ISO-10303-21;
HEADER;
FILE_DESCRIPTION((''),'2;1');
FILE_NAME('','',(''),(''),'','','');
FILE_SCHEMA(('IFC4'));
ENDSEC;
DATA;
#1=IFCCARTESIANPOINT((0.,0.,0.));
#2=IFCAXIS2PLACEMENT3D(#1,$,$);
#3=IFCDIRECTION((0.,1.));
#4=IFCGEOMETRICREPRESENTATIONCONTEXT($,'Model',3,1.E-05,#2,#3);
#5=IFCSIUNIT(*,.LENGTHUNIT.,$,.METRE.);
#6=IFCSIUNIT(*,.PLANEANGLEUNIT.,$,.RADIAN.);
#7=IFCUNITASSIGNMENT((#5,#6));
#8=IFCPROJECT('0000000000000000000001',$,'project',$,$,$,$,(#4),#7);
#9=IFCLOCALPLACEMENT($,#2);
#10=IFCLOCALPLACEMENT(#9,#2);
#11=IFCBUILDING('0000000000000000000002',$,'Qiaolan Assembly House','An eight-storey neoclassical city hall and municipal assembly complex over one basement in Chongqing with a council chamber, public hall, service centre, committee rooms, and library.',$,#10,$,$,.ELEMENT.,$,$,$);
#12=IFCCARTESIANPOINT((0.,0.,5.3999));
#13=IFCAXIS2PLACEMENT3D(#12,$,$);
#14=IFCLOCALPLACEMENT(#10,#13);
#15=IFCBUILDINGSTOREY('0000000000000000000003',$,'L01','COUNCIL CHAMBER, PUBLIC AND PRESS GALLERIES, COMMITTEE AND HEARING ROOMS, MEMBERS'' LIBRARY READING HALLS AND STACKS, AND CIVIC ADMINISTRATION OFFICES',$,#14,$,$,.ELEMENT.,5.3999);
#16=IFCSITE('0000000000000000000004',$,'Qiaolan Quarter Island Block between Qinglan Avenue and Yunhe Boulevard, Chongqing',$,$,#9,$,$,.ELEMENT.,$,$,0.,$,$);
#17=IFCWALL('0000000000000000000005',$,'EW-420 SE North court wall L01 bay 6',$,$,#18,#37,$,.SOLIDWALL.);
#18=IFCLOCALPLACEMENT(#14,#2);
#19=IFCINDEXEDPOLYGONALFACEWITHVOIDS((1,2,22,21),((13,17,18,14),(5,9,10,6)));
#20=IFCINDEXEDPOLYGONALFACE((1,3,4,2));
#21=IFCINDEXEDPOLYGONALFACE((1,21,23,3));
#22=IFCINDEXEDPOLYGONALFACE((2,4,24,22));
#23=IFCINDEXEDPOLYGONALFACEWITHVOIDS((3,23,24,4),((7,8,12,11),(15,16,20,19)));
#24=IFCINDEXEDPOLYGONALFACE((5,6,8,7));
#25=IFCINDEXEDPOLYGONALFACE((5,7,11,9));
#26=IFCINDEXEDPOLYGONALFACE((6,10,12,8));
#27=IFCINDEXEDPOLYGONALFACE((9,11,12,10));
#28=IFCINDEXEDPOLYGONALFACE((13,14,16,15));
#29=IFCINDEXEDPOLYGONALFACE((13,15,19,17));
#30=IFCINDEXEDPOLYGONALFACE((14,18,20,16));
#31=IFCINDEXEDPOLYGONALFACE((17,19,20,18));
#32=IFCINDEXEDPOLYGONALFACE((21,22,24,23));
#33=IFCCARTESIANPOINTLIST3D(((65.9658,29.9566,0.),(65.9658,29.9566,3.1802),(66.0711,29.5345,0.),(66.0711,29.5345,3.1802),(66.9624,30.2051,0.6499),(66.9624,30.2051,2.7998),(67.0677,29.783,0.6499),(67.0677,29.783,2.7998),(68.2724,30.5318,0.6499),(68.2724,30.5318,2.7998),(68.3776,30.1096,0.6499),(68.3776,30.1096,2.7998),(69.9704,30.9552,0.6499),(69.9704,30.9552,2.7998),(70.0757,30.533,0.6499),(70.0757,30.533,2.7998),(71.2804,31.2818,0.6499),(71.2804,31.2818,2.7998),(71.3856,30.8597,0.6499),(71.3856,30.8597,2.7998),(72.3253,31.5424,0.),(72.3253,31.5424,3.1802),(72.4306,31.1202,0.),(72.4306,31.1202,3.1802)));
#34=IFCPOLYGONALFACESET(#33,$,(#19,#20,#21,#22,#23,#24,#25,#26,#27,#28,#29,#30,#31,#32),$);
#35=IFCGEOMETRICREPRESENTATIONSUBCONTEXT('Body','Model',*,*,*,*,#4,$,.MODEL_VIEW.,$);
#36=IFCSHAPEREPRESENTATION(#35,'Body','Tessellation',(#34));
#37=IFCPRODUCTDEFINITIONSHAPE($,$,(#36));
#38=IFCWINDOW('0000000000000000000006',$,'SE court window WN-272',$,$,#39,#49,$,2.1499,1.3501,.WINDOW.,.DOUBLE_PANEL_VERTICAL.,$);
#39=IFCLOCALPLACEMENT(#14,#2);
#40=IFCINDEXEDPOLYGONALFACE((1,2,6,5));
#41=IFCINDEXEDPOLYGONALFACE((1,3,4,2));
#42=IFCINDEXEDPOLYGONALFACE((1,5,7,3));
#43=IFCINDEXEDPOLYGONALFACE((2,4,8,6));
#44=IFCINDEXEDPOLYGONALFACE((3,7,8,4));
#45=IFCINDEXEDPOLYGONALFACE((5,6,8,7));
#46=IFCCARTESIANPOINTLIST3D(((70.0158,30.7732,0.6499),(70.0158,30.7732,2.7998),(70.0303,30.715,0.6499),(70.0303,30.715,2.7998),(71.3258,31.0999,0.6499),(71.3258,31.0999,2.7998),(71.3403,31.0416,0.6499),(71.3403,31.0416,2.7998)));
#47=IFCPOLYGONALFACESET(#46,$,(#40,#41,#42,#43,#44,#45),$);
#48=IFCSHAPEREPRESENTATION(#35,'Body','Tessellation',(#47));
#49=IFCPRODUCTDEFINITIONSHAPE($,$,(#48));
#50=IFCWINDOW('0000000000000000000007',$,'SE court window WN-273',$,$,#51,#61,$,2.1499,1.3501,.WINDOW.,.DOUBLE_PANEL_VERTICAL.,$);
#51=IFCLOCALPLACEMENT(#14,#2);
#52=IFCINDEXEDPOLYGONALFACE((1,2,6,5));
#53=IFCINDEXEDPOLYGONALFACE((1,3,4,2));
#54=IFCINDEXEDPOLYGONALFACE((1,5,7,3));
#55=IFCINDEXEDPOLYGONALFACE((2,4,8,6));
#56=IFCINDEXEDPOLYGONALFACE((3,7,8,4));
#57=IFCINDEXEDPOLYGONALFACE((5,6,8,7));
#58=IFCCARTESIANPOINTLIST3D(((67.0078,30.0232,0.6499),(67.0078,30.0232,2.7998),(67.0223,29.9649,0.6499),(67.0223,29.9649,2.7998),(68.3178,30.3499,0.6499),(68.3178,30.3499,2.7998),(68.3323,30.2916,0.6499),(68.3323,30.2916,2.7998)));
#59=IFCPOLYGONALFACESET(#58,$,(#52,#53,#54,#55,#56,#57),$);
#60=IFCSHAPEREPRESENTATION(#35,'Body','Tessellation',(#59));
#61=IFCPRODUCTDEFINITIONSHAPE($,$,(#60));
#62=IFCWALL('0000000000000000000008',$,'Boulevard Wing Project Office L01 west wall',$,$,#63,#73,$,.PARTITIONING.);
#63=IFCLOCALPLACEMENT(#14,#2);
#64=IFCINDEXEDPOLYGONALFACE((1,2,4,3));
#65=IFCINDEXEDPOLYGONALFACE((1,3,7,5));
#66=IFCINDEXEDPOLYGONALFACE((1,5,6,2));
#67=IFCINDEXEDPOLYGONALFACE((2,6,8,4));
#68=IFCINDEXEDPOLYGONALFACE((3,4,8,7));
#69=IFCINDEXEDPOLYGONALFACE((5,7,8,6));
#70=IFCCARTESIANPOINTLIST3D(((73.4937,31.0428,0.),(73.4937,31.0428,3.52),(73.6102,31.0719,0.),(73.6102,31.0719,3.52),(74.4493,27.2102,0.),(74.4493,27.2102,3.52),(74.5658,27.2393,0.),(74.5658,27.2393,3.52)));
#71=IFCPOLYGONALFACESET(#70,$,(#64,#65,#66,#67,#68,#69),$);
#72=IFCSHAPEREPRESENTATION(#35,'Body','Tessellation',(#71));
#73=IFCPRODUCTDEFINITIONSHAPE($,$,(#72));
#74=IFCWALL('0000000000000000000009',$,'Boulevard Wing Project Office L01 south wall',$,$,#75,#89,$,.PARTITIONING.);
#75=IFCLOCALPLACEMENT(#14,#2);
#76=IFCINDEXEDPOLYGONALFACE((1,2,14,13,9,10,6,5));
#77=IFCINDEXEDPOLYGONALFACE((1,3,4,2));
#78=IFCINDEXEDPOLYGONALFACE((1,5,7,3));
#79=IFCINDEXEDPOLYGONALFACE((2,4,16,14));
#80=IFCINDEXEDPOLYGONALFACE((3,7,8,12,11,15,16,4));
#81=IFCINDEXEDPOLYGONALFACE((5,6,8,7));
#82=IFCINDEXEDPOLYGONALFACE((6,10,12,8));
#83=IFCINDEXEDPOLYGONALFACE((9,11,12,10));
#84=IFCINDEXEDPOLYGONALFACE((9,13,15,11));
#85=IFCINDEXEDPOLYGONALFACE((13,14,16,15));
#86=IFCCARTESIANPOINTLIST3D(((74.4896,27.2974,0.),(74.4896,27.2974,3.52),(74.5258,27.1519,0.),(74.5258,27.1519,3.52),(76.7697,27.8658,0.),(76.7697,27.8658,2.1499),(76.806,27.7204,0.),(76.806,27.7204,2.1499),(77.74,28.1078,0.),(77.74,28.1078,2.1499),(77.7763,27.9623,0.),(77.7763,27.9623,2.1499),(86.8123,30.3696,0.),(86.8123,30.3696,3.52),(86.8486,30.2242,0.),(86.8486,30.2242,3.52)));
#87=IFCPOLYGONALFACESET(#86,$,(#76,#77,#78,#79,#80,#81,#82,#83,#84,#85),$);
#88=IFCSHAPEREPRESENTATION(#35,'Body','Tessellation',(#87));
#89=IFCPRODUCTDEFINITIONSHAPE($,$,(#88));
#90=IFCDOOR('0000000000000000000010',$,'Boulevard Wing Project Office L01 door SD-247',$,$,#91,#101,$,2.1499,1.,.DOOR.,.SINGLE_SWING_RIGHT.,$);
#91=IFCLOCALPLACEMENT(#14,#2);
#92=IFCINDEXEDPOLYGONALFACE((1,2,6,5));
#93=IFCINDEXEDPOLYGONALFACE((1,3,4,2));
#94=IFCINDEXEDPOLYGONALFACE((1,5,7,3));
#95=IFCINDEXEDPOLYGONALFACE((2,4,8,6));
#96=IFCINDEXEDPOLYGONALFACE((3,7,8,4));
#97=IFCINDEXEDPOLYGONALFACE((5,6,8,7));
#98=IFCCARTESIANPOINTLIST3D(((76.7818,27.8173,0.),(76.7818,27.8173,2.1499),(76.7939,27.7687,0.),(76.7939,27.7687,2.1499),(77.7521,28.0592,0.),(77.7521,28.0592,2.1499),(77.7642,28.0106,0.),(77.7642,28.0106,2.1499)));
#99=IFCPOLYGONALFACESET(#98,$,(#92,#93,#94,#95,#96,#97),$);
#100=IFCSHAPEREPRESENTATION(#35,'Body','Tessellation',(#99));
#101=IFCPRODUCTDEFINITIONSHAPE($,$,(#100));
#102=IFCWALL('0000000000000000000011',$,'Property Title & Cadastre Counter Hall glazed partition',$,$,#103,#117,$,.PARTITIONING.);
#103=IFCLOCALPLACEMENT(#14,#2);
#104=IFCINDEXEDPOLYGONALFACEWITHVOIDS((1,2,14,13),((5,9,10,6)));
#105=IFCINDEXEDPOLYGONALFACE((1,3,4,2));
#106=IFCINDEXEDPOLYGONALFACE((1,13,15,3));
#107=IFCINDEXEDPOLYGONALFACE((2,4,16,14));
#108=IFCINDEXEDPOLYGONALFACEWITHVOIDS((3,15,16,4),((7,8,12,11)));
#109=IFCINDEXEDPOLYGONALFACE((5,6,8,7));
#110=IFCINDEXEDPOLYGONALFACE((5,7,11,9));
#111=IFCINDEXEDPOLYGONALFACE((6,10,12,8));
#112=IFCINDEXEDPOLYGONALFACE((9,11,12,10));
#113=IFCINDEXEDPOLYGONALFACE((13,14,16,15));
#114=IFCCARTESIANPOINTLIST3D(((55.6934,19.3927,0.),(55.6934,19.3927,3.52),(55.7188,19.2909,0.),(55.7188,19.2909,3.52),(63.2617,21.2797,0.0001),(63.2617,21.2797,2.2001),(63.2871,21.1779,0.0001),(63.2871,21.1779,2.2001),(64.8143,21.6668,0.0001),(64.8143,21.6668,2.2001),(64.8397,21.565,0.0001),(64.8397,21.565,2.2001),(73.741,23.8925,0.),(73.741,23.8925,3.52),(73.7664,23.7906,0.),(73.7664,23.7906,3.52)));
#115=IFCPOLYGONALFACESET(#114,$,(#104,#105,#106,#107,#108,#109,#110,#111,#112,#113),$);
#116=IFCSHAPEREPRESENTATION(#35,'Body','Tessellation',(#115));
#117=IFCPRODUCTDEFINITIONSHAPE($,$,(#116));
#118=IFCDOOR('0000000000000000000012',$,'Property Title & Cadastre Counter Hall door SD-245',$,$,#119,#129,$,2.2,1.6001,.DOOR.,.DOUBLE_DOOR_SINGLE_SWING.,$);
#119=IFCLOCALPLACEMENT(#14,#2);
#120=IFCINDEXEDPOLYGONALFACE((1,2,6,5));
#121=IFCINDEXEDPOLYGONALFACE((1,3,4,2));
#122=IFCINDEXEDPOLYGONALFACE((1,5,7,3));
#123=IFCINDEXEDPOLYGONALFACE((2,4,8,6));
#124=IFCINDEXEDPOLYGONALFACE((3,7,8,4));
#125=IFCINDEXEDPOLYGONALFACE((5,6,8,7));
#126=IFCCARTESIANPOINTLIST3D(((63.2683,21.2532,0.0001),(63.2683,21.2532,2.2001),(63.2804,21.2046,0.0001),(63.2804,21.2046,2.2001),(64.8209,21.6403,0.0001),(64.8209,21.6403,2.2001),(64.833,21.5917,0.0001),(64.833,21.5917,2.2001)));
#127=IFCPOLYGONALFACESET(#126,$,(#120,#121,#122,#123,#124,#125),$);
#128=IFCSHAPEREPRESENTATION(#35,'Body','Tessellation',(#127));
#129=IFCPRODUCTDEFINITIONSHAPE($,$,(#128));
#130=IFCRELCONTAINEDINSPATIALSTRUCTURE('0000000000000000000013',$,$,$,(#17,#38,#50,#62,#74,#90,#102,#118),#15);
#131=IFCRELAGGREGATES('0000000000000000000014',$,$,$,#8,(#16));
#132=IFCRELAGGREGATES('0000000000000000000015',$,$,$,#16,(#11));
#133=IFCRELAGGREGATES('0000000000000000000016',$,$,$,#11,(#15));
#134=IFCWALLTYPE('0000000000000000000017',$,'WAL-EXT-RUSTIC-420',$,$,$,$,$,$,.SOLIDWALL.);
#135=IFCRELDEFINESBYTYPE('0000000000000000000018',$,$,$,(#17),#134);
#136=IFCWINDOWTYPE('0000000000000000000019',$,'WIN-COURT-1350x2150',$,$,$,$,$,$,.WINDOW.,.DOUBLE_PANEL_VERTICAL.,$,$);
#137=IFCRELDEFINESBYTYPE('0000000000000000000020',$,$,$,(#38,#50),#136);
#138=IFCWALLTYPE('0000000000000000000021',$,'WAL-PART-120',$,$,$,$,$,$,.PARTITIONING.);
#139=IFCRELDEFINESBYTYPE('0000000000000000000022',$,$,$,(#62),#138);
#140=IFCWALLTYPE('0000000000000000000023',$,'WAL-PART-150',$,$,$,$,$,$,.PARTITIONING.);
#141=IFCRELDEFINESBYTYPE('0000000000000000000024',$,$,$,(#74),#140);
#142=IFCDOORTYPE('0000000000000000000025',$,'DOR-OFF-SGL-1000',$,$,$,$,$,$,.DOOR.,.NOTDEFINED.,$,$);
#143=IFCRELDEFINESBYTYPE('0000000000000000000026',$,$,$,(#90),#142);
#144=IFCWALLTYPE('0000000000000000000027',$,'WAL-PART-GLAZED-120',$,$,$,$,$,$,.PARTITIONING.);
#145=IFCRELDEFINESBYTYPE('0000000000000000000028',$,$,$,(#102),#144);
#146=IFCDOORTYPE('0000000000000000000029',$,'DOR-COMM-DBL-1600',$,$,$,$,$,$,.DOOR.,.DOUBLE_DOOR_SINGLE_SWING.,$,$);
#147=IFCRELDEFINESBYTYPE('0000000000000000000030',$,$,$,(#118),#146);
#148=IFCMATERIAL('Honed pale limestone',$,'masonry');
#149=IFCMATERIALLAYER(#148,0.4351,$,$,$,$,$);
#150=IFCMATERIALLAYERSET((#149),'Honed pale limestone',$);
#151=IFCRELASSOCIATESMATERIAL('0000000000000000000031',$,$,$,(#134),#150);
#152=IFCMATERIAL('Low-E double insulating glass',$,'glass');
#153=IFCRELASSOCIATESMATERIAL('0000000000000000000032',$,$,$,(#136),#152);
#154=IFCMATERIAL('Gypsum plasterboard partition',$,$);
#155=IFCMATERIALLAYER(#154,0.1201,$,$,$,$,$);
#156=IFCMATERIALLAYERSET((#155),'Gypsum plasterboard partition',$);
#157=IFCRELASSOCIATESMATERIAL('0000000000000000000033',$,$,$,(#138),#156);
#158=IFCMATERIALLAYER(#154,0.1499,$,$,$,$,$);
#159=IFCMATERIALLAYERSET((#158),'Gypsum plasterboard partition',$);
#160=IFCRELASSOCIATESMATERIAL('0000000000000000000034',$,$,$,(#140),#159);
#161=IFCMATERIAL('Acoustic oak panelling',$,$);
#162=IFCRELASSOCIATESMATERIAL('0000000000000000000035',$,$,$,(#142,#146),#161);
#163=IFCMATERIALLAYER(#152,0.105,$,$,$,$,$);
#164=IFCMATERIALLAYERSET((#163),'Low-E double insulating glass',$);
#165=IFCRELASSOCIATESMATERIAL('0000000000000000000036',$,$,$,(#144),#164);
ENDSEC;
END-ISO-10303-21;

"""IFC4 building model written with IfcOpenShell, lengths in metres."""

from ifc_helpers import new_model, si_unit, direction, frame, frame_2d, origin, place, context, subcontext, project, spatial, rectangle, extrude, material, layer, layer_set, type_object, element, fill, save


model = new_model("IFC4")

# Units and contexts
model_context = context("Model", 3, precision=1e-05, world=origin(), true_north=direction((0.0, 1.0)))
body_context = subcontext(model_context, "Body", "Model", "MODEL_VIEW")
ifc_project = project(units=[si_unit("LENGTHUNIT", "METRE"), si_unit("PLANEANGLEUNIT", "RADIAN")], contexts=[model_context])

# Site, building, storey
site_placement = place(None, origin())
site = spatial("IfcSite", under=ifc_project, at=site_placement, Name="Qiaolan Quarter Island Block between Qinglan Avenue and Yunhe Boulevard, Chongqing", CompositionType="ELEMENT", RefElevation=0.0)
building_placement = place(site_placement, origin())
building = spatial("IfcBuilding", under=site, at=building_placement, Name="Qiaolan Assembly House", Description="An eight-storey neoclassical city hall and municipal assembly complex over one basement in Chongqing with a council chamber, public hall, service centre, committee rooms, and library.", CompositionType="ELEMENT")
storey_placement = place(building_placement, frame((0.0, 0.0, 5.3999)))
storey = spatial("IfcBuildingStorey", under=building, at=storey_placement, Name="L01", Description="COUNCIL CHAMBER, PUBLIC AND PRESS GALLERIES, COMMITTEE AND HEARING ROOMS, MEMBERS' LIBRARY READING HALLS AND STACKS, AND CIVIC ADMINISTRATION OFFICES", CompositionType="ELEMENT", Elevation=5.3999)

# Wall, openings, windows
ifc_material_1 = material(Name="Honed pale limestone", Category="masonry")
ifc_layer_1 = layer(ifc_material_1, 0.4351)
ifc_layer_set_1 = layer_set([ifc_layer_1], Name="Honed pale limestone")
wall_type_1 = type_object("IfcWallType", Name="WAL-EXT-RUSTIC-420", PredefinedType="SOLIDWALL", material=ifc_layer_set_1)
wall_1_placement = place(storey_placement, frame((72.3779, 31.3313, 0.0), z_axis=(0.0, 0.0, 1.0), x_axis=(-0.970291, -0.24194, 0.0)))
wall_1 = element("IfcWall", 1, at=wall_1_placement, inside=storey, type_object=wall_type_1, Name="EW-420 SE North court wall L01 bay 6", PredefinedType="SOLIDWALL", context=body_context, shape_type="SweptSolid", body=[
    extrude(rectangle(XDim=6.5542, YDim=0.4351, at=frame_2d((3.2771, 0.0))), origin(), (0.0, 0.0, 1.0), 3.1802),
])
opening_1_placement = place(wall_1_placement, frame((1.0769, 0.0, 0.6499)))
opening_1 = element("IfcOpeningElement", 2, at=opening_1_placement, cuts=wall_1, PredefinedType="OPENING", context=body_context, shape_type="SweptSolid", body=[
    extrude(rectangle(XDim=1.3501, YDim=2.1499, at=frame_2d((0.675, 1.075))), frame((0.0, 0.2275, 0.0), z_axis=(0.0, -1.0, 0.0), x_axis=(1.0, 0.0, 0.0)), (0.0, 0.0, 1.0), 0.4551),
])
opening_2_placement = place(wall_1_placement, frame((4.177, 0.0, 0.6499)))
opening_2 = element("IfcOpeningElement", 3, at=opening_2_placement, cuts=wall_1, PredefinedType="OPENING", context=body_context, shape_type="SweptSolid", body=[
    extrude(rectangle(XDim=1.3501, YDim=2.1499, at=frame_2d((0.675, 1.075))), frame((0.0, 0.2275, 0.0), z_axis=(0.0, -1.0, 0.0), x_axis=(1.0, 0.0, 0.0)), (0.0, 0.0, 1.0), 0.4551),
])
ifc_material_2 = material(Name="Low-E double insulating glass", Category="glass")
window_type = type_object("IfcWindowType", Name="WIN-COURT-1350x2150", PartitioningType="DOUBLE_PANEL_VERTICAL", PredefinedType="WINDOW", material=ifc_material_2)
window_1_placement = place(opening_1_placement, origin())
window_1 = element("IfcWindow", 4, at=window_1_placement, inside=storey, type_object=window_type, Name="SE court window WN-272", OverallHeight=2.1499, OverallWidth=1.3501, PartitioningType="DOUBLE_PANEL_VERTICAL", PredefinedType="WINDOW", context=body_context, shape_type="SweptSolid", body=[
    extrude(rectangle(XDim=1.3501, YDim=2.1499, at=frame_2d((0.675, 1.075))), frame((0.0, 0.03, 0.0), z_axis=(0.0, -1.0, 0.0), x_axis=(1.0, 0.0, 0.0)), (0.0, 0.0, 1.0), 0.0601),
])
fill(opening_1, window_1)
window_2_placement = place(opening_2_placement, origin())
window_2 = element("IfcWindow", 5, at=window_2_placement, inside=storey, type_object=window_type, Name="SE court window WN-273", OverallHeight=2.1499, OverallWidth=1.3501, PartitioningType="DOUBLE_PANEL_VERTICAL", PredefinedType="WINDOW", context=body_context, shape_type="SweptSolid", body=[
    extrude(rectangle(XDim=1.3501, YDim=2.1499, at=frame_2d((0.675, 1.075))), frame((0.0, 0.03, 0.0), z_axis=(0.0, -1.0, 0.0), x_axis=(1.0, 0.0, 0.0)), (0.0, 0.0, 1.0), 0.0601),
])
fill(opening_2, window_2)

# Wall
ifc_material_3 = material(Name="Gypsum plasterboard partition")
ifc_layer_2 = layer(ifc_material_3, 0.1201)
ifc_layer_set_2 = layer_set([ifc_layer_2], Name="Gypsum plasterboard partition")
wall_type_2 = type_object("IfcWallType", Name="WAL-PART-120", PredefinedType="PARTITIONING", material=ifc_layer_set_2)
wall_2_placement = place(storey_placement, frame((74.5076, 27.2246, 0.0), z_axis=(0.0, 0.0, 1.0), x_axis=(-0.241925, 0.970295, 0.0)))
element("IfcWall", 6, at=wall_2_placement, inside=storey, type_object=wall_type_2, Name="Boulevard Wing Project Office L01 west wall", PredefinedType="PARTITIONING", context=body_context, shape_type="SweptSolid", body=[
    extrude(rectangle(XDim=3.95, YDim=0.1201, at=frame_2d((1.9751, 0.0))), origin(), (0.0, 0.0, 1.0), 3.52),
])

# Walls, openings, doors
ifc_layer_3 = layer(ifc_material_3, 0.1499)
ifc_layer_set_3 = layer_set([ifc_layer_3], Name="Gypsum plasterboard partition")
wall_type_3 = type_object("IfcWallType", Name="WAL-PART-150", PredefinedType="PARTITIONING", material=ifc_layer_set_3)
wall_3_placement = place(storey_placement, frame((74.5076, 27.2246, 0.0), z_axis=(0.0, 0.0, 1.0), x_axis=(0.970298, 0.241911, 0.0)))
wall_3 = element("IfcWall", 7, at=wall_3_placement, inside=storey, type_object=wall_type_3, Name="Boulevard Wing Project Office L01 south wall", PredefinedType="PARTITIONING", context=body_context, shape_type="SweptSolid", body=[
    extrude(rectangle(XDim=12.7, YDim=0.1499, at=frame_2d((6.3501, 0.0))), origin(), (0.0, 0.0, 1.0), 3.52),
])
opening_3_placement = place(wall_3_placement, frame((2.3501, 0.0, 0.0)))
opening_3 = element("IfcOpeningElement", 8, at=opening_3_placement, cuts=wall_3, PredefinedType="OPENING", context=body_context, shape_type="SweptSolid", body=[
    extrude(rectangle(XDim=1.0, YDim=2.1499, at=frame_2d((0.5, 1.075))), frame((0.0, 0.085, 0.0), z_axis=(0.0, -1.0, 0.0), x_axis=(1.0, 0.0, 0.0)), (0.0, 0.0, 1.0), 0.1699),
])
ifc_material_4 = material(Name="Acoustic oak panelling")
door_type_1 = type_object("IfcDoorType", Name="DOR-OFF-SGL-1000", OperationType="NOTDEFINED", PredefinedType="DOOR", material=ifc_material_4)
door_1_placement = place(opening_3_placement, origin())
door_1 = element("IfcDoor", 9, at=door_1_placement, inside=storey, type_object=door_type_1, Name="Boulevard Wing Project Office L01 door SD-247", OperationType="SINGLE_SWING_RIGHT", OverallHeight=2.1499, OverallWidth=1.0, PredefinedType="DOOR", context=body_context, shape_type="SweptSolid", body=[
    extrude(rectangle(XDim=1.0, YDim=2.1499, at=frame_2d((0.5, 1.075))), frame((0.0, 0.0249, 0.0), z_axis=(0.0, -1.0, 0.0), x_axis=(1.0, 0.0, 0.0)), (0.0, 0.0, 1.0), 0.05),
])
fill(opening_3, door_1)
ifc_layer_4 = layer(ifc_material_2, 0.105)
ifc_layer_set_4 = layer_set([ifc_layer_4], Name="Low-E double insulating glass")
wall_type_4 = type_object("IfcWallType", Name="WAL-PART-GLAZED-120", PredefinedType="PARTITIONING", material=ifc_layer_set_4)
wall_4_placement = place(storey_placement, frame((73.7537, 23.8416, 0.0), z_axis=(0.0, 0.0, 1.0), x_axis=(-0.970296, -0.241921, 0.0)))
wall_4 = element("IfcWall", 10, at=wall_4_placement, inside=storey, type_object=wall_type_4, Name="Property Title & Cadastre Counter Hall glazed partition", PredefinedType="PARTITIONING", context=body_context, shape_type="SweptSolid", body=[
    extrude(rectangle(XDim=18.6001, YDim=0.105, at=frame_2d((9.3, 0.0))), origin(), (0.0, 0.0, 1.0), 3.52),
])
opening_4_placement = place(wall_4_placement, frame((9.2, 0.0, 0.0)))
opening_4 = element("IfcOpeningElement", 11, at=opening_4_placement, cuts=wall_4, PredefinedType="OPENING", context=body_context, shape_type="SweptSolid", body=[
    extrude(rectangle(XDim=1.6001, YDim=2.2, at=frame_2d((0.8, 1.1001))), frame((0.0, 0.0625, 0.0), z_axis=(0.0, -1.0, 0.0), x_axis=(1.0, 0.0, 0.0)), (0.0, 0.0, 1.0), 0.125),
])
door_type_2 = type_object("IfcDoorType", Name="DOR-COMM-DBL-1600", OperationType="DOUBLE_DOOR_SINGLE_SWING", PredefinedType="DOOR", material=ifc_material_4)
door_2_placement = place(opening_4_placement, origin())
door_2 = element("IfcDoor", 12, at=door_2_placement, inside=storey, type_object=door_type_2, Name="Property Title & Cadastre Counter Hall door SD-245", OperationType="DOUBLE_DOOR_SINGLE_SWING", OverallHeight=2.2, OverallWidth=1.6001, PredefinedType="DOOR", context=body_context, shape_type="SweptSolid", body=[
    extrude(rectangle(XDim=1.6001, YDim=2.2, at=frame_2d((0.8, 1.1001))), frame((0.0, 0.0249, 0.0), z_axis=(0.0, -1.0, 0.0), x_axis=(1.0, 0.0, 0.0)), (0.0, 0.0, 1.0), 0.05),
])
fill(opening_4, door_2)

save(model, "model.ifc")
